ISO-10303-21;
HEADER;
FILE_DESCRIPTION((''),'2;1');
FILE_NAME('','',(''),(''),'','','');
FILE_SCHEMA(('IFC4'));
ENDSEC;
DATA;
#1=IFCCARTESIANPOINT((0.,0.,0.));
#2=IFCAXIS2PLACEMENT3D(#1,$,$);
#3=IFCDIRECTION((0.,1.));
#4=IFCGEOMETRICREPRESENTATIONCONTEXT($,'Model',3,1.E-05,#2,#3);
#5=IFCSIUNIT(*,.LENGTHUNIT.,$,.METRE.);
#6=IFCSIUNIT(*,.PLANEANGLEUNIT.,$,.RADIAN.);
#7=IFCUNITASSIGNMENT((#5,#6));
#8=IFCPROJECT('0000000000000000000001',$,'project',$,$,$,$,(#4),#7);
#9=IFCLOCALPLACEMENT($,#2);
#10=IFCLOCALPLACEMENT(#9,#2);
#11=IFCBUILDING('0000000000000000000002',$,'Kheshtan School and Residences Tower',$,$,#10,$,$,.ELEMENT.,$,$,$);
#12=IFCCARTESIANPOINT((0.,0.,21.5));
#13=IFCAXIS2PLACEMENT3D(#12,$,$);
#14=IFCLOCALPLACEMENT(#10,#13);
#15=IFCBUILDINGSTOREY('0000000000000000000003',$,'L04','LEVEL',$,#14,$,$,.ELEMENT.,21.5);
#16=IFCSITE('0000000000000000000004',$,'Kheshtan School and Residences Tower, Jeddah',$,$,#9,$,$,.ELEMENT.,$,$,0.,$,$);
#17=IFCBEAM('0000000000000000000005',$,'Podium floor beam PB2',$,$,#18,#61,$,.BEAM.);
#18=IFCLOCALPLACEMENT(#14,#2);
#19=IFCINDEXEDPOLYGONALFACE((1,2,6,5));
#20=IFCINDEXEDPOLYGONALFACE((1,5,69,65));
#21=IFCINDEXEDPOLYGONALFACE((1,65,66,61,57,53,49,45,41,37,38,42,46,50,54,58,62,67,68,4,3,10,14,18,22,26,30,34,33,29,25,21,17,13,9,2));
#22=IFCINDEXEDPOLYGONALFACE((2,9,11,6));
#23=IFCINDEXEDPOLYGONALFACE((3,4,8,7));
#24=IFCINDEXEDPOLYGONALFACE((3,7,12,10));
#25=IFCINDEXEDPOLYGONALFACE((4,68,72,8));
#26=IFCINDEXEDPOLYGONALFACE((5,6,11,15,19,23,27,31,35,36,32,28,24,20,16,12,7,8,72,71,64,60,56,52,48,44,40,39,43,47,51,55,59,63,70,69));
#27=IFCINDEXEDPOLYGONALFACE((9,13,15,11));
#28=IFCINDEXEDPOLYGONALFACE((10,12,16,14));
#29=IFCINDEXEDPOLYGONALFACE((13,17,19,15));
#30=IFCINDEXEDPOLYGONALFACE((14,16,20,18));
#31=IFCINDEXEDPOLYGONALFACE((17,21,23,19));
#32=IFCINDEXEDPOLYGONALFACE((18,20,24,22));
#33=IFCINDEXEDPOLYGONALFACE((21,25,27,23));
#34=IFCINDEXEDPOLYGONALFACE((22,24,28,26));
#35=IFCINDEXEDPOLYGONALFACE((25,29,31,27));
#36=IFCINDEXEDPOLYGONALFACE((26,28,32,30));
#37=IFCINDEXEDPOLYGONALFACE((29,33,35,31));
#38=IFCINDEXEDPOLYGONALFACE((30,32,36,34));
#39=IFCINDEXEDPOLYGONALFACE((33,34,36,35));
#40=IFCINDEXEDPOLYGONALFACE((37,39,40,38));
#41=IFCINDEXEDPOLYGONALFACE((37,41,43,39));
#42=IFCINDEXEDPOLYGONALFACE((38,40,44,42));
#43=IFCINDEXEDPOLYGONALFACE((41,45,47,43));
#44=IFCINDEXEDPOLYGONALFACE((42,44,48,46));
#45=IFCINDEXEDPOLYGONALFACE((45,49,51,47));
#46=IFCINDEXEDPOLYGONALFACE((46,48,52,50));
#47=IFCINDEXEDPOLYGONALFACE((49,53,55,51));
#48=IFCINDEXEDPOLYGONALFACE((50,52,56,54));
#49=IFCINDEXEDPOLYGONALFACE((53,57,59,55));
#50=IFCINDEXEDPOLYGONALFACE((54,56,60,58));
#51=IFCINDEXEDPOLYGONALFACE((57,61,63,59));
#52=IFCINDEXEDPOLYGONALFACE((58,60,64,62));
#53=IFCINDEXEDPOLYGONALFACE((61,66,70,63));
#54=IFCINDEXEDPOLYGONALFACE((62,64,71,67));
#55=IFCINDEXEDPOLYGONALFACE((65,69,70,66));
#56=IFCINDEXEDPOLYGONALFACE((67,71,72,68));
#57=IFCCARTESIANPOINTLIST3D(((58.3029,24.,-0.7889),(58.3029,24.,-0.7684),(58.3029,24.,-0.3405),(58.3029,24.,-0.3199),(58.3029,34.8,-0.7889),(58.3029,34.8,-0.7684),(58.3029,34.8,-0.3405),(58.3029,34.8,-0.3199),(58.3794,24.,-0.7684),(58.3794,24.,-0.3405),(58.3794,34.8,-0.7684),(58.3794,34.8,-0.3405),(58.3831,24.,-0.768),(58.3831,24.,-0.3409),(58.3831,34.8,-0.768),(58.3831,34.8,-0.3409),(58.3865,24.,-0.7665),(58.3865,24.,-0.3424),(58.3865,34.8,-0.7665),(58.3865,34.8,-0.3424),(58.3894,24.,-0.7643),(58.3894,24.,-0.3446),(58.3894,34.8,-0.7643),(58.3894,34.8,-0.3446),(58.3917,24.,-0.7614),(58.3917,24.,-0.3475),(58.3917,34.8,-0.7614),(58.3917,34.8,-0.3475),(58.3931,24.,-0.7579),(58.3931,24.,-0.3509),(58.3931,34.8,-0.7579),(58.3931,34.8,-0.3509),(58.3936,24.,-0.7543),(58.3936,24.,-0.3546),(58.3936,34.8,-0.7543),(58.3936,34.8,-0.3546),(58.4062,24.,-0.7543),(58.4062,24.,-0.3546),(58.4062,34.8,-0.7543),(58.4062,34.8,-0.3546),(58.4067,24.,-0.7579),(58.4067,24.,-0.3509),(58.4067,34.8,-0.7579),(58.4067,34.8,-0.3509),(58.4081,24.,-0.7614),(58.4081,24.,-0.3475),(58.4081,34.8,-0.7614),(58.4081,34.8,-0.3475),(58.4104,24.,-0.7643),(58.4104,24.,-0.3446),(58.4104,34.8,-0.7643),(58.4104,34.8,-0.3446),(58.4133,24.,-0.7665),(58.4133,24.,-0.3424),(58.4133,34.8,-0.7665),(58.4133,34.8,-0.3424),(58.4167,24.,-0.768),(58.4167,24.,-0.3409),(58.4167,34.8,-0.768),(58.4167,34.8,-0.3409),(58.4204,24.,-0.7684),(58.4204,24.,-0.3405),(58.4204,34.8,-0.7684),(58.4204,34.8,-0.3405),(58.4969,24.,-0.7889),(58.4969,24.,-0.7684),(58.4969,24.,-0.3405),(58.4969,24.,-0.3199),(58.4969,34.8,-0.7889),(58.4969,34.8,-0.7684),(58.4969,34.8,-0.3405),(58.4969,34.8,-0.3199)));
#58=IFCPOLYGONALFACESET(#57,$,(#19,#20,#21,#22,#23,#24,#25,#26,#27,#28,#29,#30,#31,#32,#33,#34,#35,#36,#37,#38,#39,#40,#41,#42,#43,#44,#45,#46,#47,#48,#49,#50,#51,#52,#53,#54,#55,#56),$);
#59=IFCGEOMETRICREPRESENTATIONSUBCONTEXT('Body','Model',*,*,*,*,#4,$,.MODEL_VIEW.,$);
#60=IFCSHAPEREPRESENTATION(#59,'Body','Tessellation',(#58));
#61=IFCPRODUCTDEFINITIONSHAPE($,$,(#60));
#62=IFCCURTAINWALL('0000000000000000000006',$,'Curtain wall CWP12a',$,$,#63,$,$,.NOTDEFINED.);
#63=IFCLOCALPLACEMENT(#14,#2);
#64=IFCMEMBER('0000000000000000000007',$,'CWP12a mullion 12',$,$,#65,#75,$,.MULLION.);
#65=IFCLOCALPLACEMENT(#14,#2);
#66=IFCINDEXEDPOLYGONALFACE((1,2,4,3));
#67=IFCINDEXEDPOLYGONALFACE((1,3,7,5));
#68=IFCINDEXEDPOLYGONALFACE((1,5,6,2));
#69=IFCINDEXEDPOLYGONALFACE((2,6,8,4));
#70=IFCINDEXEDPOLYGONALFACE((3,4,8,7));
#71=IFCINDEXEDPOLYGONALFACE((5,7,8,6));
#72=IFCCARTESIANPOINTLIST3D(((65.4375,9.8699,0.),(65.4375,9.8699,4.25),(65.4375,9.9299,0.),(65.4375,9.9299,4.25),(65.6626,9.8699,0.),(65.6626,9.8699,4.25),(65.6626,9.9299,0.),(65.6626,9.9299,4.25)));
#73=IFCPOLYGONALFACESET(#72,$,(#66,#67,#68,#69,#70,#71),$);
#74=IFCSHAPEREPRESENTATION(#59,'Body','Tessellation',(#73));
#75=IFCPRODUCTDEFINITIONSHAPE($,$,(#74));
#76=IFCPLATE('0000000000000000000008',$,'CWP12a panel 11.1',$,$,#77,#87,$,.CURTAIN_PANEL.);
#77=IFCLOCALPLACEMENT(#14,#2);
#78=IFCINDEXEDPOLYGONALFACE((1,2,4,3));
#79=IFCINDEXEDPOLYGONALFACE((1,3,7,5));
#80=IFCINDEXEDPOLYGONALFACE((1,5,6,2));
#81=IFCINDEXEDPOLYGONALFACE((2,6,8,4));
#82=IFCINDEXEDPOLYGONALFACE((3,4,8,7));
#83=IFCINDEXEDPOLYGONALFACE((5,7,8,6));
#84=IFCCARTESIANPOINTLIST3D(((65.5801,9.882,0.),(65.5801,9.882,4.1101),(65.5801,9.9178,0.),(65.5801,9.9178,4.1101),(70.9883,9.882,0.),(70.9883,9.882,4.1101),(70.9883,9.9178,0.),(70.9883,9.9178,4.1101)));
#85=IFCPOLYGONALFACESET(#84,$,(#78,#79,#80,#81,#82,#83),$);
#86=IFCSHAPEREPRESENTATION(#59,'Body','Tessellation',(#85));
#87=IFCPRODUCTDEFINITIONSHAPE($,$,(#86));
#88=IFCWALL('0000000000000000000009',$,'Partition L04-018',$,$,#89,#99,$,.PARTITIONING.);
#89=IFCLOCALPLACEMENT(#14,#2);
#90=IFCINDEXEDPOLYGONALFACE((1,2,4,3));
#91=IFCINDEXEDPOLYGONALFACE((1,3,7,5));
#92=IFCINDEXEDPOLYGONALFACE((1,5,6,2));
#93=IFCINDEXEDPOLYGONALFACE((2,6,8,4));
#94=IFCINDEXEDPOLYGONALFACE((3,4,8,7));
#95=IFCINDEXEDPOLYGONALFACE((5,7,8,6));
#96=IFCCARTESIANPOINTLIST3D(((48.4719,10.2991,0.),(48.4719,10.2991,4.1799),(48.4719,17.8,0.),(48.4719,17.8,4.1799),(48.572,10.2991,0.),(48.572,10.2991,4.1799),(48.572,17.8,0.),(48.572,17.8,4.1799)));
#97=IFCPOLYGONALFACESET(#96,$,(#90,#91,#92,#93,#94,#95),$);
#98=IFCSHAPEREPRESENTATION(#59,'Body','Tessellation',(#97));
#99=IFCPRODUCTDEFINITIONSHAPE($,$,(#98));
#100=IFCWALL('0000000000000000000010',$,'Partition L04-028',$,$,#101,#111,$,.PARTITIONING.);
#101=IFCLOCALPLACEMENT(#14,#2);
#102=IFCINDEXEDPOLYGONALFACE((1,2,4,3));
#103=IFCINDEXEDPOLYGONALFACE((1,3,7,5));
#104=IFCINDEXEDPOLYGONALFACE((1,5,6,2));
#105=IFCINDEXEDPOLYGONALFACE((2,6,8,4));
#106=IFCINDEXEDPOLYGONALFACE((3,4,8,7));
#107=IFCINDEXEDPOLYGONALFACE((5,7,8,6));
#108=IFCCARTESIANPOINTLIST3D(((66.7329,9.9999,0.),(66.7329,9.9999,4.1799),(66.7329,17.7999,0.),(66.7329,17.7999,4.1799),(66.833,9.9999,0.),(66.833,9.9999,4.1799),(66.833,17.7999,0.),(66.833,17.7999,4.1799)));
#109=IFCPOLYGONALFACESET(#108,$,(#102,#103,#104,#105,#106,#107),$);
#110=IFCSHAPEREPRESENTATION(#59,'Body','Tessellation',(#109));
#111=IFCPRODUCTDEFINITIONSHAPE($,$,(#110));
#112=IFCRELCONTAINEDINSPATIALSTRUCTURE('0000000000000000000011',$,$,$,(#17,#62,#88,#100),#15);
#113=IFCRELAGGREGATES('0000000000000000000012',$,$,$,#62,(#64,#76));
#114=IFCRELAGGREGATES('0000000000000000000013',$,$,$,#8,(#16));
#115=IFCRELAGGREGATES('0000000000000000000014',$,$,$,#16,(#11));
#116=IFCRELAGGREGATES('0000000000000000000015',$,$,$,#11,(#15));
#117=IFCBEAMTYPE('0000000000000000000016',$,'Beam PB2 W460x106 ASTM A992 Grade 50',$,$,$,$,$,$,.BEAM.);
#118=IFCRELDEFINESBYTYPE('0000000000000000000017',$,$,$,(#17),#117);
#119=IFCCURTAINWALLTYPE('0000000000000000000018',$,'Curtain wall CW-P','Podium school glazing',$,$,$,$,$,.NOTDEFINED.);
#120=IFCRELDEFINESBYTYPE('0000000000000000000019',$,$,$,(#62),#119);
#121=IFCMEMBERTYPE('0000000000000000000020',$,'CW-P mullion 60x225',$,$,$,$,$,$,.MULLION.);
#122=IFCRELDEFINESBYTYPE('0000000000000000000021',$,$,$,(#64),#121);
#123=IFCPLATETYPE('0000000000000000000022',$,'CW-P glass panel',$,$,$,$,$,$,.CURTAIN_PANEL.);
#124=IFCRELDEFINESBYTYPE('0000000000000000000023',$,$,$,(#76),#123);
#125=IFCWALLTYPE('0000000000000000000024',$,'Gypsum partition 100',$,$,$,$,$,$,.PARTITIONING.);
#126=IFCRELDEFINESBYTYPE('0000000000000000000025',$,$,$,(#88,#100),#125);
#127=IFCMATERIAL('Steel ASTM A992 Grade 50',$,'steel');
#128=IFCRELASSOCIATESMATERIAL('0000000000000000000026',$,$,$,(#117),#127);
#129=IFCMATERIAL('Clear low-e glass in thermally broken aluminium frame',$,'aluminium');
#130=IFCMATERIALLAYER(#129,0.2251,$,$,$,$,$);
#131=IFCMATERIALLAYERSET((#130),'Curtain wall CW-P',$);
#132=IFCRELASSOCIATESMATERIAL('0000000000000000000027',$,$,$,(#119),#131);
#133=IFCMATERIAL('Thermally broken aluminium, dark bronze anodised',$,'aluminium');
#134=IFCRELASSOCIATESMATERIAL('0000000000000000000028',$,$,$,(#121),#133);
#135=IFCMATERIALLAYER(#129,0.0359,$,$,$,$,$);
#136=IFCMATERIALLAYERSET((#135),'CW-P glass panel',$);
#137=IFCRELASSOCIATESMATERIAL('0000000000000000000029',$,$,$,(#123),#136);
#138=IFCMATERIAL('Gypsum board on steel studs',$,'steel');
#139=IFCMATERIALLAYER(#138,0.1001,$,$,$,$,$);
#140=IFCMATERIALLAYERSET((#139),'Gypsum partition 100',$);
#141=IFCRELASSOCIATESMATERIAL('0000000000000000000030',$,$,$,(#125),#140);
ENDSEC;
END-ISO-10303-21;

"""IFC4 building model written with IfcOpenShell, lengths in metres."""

from ifc_helpers import new_model, si_unit, direction, frame, frame_2d, origin, origin_2d, place, context, subcontext, project, spatial, rectangle, i_section, extrude, material, layer, layer_set, material_profile, profile_set, type_object, element, aggregate, save


model = new_model("IFC4")

# Units and contexts
model_context = context("Model", 3, precision=1e-05, world=origin(), true_north=direction((0.0, 1.0)))
body_context = subcontext(model_context, "Body", "Model", "MODEL_VIEW")
ifc_project = project(units=[si_unit("LENGTHUNIT", "METRE"), si_unit("PLANEANGLEUNIT", "RADIAN")], contexts=[model_context])

# Site, building, storey
site_placement = place(None, origin())
site = spatial("IfcSite", under=ifc_project, at=site_placement, Name="Kheshtan School and Residences Tower, Jeddah", CompositionType="ELEMENT", RefElevation=0.0)
building_placement = place(site_placement, origin())
building = spatial("IfcBuilding", under=site, at=building_placement, Name="Kheshtan School and Residences Tower", CompositionType="ELEMENT")
storey_placement = place(building_placement, frame((0.0, 0.0, 21.5)))
storey = spatial("IfcBuildingStorey", under=building, at=storey_placement, Name="L04", Description="LEVEL", CompositionType="ELEMENT", Elevation=21.5)

# Shared definitions
ifc_material_1 = material(Name="Steel ASTM A992 Grade 50", Category="steel")

# Beam
ifc_material_profile_1 = material_profile(ifc_material_1, i_section(OverallWidth=0.1941, OverallDepth=0.469, WebThickness=0.0127, FlangeThickness=0.0205, FilletRadius=0.0142, at=origin_2d()), Name="W460x106")
ifc_profile_set_1 = profile_set([ifc_material_profile_1], Name="Steel ASTM A992 Grade 50")
beam_type_1 = type_object("IfcBeamType", Name="Beam PB2 W460x106 ASTM A992 Grade 50", PredefinedType="BEAM", material=ifc_profile_set_1)
beam_1_placement = place(storey_placement, frame((58.3999, 24.0, -0.5544), z_axis=(0.0, 1.0, 0.0), x_axis=(-1.0, 0.0, 0.0)))
element("IfcBeam", 1, at=beam_1_placement, inside=storey, type_object=beam_type_1, Name="Podium floor beam PB2", PredefinedType="BEAM", context=body_context, shape_type="SweptSolid", body=[
    extrude(i_section(OverallWidth=0.1941, OverallDepth=0.469, WebThickness=0.0127, FlangeThickness=0.0205, FilletRadius=0.0142, at=origin_2d()), origin(), (0.0, 0.0, 1.0), 10.8),
])

# Curtain wall, member, plate
ifc_material_2 = material(Name="Clear low-e glass in thermally broken aluminium frame", Category="aluminium")
ifc_layer_1 = layer(ifc_material_2, 0.2251)
ifc_layer_set_1 = layer_set([ifc_layer_1], Name="Curtain wall CW-P")
curtain_wall_type = type_object("IfcCurtainWallType", Name="Curtain wall CW-P", Description="Podium school glazing", PredefinedType="NOTDEFINED", material=ifc_layer_set_1)
curtain_wall_placement = place(storey_placement, origin())
curtain_wall = element("IfcCurtainWall", 2, at=curtain_wall_placement, inside=storey, type_object=curtain_wall_type, Name="Curtain wall CWP12a", PredefinedType="NOTDEFINED")
ifc_material_3 = material(Name="Thermally broken aluminium, dark bronze anodised", Category="aluminium")
ifc_material_profile_2 = material_profile(ifc_material_3, rectangle(XDim=0.0601, YDim=0.2251, at=origin_2d()), Name="CW-P mullion 60x225")
ifc_profile_set_2 = profile_set([ifc_material_profile_2], Name="Thermally broken aluminium, dark bronze anodised")
member_type = type_object("IfcMemberType", Name="CW-P mullion 60x225", PredefinedType="MULLION", material=ifc_profile_set_2)
member_placement = place(storey_placement, frame((65.55, 9.8999, 0.0), z_axis=(0.0, 0.0, 1.0), x_axis=(0.0, -1.0, 0.0)))
member = element("IfcMember", 3, at=member_placement, type_object=member_type, Name="CWP12a mullion 12", PredefinedType="MULLION", context=body_context, shape_type="SweptSolid", body=[
    extrude(rectangle(XDim=0.0601, YDim=0.2251, at=origin_2d()), origin(), (0.0, 0.0, 1.0), 4.25),
])
ifc_layer_2 = layer(ifc_material_2, 0.0359)
ifc_layer_set_2 = layer_set([ifc_layer_2], Name="CW-P glass panel")
plate_type = type_object("IfcPlateType", Name="CW-P glass panel", PredefinedType="CURTAIN_PANEL", material=ifc_layer_set_2)
plate_placement = place(storey_placement, frame((68.2842, 9.8999, 0.0), z_axis=(0.0, 0.0, 1.0), x_axis=(-1.0, 0.0, 0.0)))
plate = element("IfcPlate", 4, at=plate_placement, type_object=plate_type, Name="CWP12a panel 11.1", PredefinedType="CURTAIN_PANEL", context=body_context, shape_type="SweptSolid", body=[
    extrude(rectangle(XDim=5.4082, YDim=0.0359, at=origin_2d()), origin(), (0.0, 0.0, 1.0), 4.1101),
])
aggregate(curtain_wall, [member, plate])

# Walls
ifc_material_4 = material(Name="Gypsum board on steel studs", Category="steel")
ifc_layer_3 = layer(ifc_material_4, 0.1001)
ifc_layer_set_3 = layer_set([ifc_layer_3], Name="Gypsum partition 100")
wall_type_1 = type_object("IfcWallType", Name="Gypsum partition 100", PredefinedType="PARTITIONING", material=ifc_layer_set_3)
wall_1_placement = place(storey_placement, frame((48.522, 10.2991, 0.0), z_axis=(0.0, 0.0, 1.0), x_axis=(0.0, 1.0, 0.0)))
element("IfcWall", 5, at=wall_1_placement, inside=storey, type_object=wall_type_1, Name="Partition L04-018", PredefinedType="PARTITIONING", context=body_context, shape_type="SweptSolid", body=[
    extrude(rectangle(XDim=7.501, YDim=0.1001, at=frame_2d((3.7505, 0.0))), origin(), (0.0, 0.0, 1.0), 4.1799),
])
wall_2_placement = place(storey_placement, frame((66.783, 10.0, 0.0), z_axis=(0.0, 0.0, 1.0), x_axis=(0.0, 1.0, 0.0)))
element("IfcWall", 6, at=wall_2_placement, inside=storey, type_object=wall_type_1, Name="Partition L04-028", PredefinedType="PARTITIONING", context=body_context, shape_type="SweptSolid", body=[
    extrude(rectangle(XDim=7.8, YDim=0.1001, at=frame_2d((3.8999, 0.0))), origin(), (0.0, 0.0, 1.0), 4.1799),
])

save(model, "model.ifc")
